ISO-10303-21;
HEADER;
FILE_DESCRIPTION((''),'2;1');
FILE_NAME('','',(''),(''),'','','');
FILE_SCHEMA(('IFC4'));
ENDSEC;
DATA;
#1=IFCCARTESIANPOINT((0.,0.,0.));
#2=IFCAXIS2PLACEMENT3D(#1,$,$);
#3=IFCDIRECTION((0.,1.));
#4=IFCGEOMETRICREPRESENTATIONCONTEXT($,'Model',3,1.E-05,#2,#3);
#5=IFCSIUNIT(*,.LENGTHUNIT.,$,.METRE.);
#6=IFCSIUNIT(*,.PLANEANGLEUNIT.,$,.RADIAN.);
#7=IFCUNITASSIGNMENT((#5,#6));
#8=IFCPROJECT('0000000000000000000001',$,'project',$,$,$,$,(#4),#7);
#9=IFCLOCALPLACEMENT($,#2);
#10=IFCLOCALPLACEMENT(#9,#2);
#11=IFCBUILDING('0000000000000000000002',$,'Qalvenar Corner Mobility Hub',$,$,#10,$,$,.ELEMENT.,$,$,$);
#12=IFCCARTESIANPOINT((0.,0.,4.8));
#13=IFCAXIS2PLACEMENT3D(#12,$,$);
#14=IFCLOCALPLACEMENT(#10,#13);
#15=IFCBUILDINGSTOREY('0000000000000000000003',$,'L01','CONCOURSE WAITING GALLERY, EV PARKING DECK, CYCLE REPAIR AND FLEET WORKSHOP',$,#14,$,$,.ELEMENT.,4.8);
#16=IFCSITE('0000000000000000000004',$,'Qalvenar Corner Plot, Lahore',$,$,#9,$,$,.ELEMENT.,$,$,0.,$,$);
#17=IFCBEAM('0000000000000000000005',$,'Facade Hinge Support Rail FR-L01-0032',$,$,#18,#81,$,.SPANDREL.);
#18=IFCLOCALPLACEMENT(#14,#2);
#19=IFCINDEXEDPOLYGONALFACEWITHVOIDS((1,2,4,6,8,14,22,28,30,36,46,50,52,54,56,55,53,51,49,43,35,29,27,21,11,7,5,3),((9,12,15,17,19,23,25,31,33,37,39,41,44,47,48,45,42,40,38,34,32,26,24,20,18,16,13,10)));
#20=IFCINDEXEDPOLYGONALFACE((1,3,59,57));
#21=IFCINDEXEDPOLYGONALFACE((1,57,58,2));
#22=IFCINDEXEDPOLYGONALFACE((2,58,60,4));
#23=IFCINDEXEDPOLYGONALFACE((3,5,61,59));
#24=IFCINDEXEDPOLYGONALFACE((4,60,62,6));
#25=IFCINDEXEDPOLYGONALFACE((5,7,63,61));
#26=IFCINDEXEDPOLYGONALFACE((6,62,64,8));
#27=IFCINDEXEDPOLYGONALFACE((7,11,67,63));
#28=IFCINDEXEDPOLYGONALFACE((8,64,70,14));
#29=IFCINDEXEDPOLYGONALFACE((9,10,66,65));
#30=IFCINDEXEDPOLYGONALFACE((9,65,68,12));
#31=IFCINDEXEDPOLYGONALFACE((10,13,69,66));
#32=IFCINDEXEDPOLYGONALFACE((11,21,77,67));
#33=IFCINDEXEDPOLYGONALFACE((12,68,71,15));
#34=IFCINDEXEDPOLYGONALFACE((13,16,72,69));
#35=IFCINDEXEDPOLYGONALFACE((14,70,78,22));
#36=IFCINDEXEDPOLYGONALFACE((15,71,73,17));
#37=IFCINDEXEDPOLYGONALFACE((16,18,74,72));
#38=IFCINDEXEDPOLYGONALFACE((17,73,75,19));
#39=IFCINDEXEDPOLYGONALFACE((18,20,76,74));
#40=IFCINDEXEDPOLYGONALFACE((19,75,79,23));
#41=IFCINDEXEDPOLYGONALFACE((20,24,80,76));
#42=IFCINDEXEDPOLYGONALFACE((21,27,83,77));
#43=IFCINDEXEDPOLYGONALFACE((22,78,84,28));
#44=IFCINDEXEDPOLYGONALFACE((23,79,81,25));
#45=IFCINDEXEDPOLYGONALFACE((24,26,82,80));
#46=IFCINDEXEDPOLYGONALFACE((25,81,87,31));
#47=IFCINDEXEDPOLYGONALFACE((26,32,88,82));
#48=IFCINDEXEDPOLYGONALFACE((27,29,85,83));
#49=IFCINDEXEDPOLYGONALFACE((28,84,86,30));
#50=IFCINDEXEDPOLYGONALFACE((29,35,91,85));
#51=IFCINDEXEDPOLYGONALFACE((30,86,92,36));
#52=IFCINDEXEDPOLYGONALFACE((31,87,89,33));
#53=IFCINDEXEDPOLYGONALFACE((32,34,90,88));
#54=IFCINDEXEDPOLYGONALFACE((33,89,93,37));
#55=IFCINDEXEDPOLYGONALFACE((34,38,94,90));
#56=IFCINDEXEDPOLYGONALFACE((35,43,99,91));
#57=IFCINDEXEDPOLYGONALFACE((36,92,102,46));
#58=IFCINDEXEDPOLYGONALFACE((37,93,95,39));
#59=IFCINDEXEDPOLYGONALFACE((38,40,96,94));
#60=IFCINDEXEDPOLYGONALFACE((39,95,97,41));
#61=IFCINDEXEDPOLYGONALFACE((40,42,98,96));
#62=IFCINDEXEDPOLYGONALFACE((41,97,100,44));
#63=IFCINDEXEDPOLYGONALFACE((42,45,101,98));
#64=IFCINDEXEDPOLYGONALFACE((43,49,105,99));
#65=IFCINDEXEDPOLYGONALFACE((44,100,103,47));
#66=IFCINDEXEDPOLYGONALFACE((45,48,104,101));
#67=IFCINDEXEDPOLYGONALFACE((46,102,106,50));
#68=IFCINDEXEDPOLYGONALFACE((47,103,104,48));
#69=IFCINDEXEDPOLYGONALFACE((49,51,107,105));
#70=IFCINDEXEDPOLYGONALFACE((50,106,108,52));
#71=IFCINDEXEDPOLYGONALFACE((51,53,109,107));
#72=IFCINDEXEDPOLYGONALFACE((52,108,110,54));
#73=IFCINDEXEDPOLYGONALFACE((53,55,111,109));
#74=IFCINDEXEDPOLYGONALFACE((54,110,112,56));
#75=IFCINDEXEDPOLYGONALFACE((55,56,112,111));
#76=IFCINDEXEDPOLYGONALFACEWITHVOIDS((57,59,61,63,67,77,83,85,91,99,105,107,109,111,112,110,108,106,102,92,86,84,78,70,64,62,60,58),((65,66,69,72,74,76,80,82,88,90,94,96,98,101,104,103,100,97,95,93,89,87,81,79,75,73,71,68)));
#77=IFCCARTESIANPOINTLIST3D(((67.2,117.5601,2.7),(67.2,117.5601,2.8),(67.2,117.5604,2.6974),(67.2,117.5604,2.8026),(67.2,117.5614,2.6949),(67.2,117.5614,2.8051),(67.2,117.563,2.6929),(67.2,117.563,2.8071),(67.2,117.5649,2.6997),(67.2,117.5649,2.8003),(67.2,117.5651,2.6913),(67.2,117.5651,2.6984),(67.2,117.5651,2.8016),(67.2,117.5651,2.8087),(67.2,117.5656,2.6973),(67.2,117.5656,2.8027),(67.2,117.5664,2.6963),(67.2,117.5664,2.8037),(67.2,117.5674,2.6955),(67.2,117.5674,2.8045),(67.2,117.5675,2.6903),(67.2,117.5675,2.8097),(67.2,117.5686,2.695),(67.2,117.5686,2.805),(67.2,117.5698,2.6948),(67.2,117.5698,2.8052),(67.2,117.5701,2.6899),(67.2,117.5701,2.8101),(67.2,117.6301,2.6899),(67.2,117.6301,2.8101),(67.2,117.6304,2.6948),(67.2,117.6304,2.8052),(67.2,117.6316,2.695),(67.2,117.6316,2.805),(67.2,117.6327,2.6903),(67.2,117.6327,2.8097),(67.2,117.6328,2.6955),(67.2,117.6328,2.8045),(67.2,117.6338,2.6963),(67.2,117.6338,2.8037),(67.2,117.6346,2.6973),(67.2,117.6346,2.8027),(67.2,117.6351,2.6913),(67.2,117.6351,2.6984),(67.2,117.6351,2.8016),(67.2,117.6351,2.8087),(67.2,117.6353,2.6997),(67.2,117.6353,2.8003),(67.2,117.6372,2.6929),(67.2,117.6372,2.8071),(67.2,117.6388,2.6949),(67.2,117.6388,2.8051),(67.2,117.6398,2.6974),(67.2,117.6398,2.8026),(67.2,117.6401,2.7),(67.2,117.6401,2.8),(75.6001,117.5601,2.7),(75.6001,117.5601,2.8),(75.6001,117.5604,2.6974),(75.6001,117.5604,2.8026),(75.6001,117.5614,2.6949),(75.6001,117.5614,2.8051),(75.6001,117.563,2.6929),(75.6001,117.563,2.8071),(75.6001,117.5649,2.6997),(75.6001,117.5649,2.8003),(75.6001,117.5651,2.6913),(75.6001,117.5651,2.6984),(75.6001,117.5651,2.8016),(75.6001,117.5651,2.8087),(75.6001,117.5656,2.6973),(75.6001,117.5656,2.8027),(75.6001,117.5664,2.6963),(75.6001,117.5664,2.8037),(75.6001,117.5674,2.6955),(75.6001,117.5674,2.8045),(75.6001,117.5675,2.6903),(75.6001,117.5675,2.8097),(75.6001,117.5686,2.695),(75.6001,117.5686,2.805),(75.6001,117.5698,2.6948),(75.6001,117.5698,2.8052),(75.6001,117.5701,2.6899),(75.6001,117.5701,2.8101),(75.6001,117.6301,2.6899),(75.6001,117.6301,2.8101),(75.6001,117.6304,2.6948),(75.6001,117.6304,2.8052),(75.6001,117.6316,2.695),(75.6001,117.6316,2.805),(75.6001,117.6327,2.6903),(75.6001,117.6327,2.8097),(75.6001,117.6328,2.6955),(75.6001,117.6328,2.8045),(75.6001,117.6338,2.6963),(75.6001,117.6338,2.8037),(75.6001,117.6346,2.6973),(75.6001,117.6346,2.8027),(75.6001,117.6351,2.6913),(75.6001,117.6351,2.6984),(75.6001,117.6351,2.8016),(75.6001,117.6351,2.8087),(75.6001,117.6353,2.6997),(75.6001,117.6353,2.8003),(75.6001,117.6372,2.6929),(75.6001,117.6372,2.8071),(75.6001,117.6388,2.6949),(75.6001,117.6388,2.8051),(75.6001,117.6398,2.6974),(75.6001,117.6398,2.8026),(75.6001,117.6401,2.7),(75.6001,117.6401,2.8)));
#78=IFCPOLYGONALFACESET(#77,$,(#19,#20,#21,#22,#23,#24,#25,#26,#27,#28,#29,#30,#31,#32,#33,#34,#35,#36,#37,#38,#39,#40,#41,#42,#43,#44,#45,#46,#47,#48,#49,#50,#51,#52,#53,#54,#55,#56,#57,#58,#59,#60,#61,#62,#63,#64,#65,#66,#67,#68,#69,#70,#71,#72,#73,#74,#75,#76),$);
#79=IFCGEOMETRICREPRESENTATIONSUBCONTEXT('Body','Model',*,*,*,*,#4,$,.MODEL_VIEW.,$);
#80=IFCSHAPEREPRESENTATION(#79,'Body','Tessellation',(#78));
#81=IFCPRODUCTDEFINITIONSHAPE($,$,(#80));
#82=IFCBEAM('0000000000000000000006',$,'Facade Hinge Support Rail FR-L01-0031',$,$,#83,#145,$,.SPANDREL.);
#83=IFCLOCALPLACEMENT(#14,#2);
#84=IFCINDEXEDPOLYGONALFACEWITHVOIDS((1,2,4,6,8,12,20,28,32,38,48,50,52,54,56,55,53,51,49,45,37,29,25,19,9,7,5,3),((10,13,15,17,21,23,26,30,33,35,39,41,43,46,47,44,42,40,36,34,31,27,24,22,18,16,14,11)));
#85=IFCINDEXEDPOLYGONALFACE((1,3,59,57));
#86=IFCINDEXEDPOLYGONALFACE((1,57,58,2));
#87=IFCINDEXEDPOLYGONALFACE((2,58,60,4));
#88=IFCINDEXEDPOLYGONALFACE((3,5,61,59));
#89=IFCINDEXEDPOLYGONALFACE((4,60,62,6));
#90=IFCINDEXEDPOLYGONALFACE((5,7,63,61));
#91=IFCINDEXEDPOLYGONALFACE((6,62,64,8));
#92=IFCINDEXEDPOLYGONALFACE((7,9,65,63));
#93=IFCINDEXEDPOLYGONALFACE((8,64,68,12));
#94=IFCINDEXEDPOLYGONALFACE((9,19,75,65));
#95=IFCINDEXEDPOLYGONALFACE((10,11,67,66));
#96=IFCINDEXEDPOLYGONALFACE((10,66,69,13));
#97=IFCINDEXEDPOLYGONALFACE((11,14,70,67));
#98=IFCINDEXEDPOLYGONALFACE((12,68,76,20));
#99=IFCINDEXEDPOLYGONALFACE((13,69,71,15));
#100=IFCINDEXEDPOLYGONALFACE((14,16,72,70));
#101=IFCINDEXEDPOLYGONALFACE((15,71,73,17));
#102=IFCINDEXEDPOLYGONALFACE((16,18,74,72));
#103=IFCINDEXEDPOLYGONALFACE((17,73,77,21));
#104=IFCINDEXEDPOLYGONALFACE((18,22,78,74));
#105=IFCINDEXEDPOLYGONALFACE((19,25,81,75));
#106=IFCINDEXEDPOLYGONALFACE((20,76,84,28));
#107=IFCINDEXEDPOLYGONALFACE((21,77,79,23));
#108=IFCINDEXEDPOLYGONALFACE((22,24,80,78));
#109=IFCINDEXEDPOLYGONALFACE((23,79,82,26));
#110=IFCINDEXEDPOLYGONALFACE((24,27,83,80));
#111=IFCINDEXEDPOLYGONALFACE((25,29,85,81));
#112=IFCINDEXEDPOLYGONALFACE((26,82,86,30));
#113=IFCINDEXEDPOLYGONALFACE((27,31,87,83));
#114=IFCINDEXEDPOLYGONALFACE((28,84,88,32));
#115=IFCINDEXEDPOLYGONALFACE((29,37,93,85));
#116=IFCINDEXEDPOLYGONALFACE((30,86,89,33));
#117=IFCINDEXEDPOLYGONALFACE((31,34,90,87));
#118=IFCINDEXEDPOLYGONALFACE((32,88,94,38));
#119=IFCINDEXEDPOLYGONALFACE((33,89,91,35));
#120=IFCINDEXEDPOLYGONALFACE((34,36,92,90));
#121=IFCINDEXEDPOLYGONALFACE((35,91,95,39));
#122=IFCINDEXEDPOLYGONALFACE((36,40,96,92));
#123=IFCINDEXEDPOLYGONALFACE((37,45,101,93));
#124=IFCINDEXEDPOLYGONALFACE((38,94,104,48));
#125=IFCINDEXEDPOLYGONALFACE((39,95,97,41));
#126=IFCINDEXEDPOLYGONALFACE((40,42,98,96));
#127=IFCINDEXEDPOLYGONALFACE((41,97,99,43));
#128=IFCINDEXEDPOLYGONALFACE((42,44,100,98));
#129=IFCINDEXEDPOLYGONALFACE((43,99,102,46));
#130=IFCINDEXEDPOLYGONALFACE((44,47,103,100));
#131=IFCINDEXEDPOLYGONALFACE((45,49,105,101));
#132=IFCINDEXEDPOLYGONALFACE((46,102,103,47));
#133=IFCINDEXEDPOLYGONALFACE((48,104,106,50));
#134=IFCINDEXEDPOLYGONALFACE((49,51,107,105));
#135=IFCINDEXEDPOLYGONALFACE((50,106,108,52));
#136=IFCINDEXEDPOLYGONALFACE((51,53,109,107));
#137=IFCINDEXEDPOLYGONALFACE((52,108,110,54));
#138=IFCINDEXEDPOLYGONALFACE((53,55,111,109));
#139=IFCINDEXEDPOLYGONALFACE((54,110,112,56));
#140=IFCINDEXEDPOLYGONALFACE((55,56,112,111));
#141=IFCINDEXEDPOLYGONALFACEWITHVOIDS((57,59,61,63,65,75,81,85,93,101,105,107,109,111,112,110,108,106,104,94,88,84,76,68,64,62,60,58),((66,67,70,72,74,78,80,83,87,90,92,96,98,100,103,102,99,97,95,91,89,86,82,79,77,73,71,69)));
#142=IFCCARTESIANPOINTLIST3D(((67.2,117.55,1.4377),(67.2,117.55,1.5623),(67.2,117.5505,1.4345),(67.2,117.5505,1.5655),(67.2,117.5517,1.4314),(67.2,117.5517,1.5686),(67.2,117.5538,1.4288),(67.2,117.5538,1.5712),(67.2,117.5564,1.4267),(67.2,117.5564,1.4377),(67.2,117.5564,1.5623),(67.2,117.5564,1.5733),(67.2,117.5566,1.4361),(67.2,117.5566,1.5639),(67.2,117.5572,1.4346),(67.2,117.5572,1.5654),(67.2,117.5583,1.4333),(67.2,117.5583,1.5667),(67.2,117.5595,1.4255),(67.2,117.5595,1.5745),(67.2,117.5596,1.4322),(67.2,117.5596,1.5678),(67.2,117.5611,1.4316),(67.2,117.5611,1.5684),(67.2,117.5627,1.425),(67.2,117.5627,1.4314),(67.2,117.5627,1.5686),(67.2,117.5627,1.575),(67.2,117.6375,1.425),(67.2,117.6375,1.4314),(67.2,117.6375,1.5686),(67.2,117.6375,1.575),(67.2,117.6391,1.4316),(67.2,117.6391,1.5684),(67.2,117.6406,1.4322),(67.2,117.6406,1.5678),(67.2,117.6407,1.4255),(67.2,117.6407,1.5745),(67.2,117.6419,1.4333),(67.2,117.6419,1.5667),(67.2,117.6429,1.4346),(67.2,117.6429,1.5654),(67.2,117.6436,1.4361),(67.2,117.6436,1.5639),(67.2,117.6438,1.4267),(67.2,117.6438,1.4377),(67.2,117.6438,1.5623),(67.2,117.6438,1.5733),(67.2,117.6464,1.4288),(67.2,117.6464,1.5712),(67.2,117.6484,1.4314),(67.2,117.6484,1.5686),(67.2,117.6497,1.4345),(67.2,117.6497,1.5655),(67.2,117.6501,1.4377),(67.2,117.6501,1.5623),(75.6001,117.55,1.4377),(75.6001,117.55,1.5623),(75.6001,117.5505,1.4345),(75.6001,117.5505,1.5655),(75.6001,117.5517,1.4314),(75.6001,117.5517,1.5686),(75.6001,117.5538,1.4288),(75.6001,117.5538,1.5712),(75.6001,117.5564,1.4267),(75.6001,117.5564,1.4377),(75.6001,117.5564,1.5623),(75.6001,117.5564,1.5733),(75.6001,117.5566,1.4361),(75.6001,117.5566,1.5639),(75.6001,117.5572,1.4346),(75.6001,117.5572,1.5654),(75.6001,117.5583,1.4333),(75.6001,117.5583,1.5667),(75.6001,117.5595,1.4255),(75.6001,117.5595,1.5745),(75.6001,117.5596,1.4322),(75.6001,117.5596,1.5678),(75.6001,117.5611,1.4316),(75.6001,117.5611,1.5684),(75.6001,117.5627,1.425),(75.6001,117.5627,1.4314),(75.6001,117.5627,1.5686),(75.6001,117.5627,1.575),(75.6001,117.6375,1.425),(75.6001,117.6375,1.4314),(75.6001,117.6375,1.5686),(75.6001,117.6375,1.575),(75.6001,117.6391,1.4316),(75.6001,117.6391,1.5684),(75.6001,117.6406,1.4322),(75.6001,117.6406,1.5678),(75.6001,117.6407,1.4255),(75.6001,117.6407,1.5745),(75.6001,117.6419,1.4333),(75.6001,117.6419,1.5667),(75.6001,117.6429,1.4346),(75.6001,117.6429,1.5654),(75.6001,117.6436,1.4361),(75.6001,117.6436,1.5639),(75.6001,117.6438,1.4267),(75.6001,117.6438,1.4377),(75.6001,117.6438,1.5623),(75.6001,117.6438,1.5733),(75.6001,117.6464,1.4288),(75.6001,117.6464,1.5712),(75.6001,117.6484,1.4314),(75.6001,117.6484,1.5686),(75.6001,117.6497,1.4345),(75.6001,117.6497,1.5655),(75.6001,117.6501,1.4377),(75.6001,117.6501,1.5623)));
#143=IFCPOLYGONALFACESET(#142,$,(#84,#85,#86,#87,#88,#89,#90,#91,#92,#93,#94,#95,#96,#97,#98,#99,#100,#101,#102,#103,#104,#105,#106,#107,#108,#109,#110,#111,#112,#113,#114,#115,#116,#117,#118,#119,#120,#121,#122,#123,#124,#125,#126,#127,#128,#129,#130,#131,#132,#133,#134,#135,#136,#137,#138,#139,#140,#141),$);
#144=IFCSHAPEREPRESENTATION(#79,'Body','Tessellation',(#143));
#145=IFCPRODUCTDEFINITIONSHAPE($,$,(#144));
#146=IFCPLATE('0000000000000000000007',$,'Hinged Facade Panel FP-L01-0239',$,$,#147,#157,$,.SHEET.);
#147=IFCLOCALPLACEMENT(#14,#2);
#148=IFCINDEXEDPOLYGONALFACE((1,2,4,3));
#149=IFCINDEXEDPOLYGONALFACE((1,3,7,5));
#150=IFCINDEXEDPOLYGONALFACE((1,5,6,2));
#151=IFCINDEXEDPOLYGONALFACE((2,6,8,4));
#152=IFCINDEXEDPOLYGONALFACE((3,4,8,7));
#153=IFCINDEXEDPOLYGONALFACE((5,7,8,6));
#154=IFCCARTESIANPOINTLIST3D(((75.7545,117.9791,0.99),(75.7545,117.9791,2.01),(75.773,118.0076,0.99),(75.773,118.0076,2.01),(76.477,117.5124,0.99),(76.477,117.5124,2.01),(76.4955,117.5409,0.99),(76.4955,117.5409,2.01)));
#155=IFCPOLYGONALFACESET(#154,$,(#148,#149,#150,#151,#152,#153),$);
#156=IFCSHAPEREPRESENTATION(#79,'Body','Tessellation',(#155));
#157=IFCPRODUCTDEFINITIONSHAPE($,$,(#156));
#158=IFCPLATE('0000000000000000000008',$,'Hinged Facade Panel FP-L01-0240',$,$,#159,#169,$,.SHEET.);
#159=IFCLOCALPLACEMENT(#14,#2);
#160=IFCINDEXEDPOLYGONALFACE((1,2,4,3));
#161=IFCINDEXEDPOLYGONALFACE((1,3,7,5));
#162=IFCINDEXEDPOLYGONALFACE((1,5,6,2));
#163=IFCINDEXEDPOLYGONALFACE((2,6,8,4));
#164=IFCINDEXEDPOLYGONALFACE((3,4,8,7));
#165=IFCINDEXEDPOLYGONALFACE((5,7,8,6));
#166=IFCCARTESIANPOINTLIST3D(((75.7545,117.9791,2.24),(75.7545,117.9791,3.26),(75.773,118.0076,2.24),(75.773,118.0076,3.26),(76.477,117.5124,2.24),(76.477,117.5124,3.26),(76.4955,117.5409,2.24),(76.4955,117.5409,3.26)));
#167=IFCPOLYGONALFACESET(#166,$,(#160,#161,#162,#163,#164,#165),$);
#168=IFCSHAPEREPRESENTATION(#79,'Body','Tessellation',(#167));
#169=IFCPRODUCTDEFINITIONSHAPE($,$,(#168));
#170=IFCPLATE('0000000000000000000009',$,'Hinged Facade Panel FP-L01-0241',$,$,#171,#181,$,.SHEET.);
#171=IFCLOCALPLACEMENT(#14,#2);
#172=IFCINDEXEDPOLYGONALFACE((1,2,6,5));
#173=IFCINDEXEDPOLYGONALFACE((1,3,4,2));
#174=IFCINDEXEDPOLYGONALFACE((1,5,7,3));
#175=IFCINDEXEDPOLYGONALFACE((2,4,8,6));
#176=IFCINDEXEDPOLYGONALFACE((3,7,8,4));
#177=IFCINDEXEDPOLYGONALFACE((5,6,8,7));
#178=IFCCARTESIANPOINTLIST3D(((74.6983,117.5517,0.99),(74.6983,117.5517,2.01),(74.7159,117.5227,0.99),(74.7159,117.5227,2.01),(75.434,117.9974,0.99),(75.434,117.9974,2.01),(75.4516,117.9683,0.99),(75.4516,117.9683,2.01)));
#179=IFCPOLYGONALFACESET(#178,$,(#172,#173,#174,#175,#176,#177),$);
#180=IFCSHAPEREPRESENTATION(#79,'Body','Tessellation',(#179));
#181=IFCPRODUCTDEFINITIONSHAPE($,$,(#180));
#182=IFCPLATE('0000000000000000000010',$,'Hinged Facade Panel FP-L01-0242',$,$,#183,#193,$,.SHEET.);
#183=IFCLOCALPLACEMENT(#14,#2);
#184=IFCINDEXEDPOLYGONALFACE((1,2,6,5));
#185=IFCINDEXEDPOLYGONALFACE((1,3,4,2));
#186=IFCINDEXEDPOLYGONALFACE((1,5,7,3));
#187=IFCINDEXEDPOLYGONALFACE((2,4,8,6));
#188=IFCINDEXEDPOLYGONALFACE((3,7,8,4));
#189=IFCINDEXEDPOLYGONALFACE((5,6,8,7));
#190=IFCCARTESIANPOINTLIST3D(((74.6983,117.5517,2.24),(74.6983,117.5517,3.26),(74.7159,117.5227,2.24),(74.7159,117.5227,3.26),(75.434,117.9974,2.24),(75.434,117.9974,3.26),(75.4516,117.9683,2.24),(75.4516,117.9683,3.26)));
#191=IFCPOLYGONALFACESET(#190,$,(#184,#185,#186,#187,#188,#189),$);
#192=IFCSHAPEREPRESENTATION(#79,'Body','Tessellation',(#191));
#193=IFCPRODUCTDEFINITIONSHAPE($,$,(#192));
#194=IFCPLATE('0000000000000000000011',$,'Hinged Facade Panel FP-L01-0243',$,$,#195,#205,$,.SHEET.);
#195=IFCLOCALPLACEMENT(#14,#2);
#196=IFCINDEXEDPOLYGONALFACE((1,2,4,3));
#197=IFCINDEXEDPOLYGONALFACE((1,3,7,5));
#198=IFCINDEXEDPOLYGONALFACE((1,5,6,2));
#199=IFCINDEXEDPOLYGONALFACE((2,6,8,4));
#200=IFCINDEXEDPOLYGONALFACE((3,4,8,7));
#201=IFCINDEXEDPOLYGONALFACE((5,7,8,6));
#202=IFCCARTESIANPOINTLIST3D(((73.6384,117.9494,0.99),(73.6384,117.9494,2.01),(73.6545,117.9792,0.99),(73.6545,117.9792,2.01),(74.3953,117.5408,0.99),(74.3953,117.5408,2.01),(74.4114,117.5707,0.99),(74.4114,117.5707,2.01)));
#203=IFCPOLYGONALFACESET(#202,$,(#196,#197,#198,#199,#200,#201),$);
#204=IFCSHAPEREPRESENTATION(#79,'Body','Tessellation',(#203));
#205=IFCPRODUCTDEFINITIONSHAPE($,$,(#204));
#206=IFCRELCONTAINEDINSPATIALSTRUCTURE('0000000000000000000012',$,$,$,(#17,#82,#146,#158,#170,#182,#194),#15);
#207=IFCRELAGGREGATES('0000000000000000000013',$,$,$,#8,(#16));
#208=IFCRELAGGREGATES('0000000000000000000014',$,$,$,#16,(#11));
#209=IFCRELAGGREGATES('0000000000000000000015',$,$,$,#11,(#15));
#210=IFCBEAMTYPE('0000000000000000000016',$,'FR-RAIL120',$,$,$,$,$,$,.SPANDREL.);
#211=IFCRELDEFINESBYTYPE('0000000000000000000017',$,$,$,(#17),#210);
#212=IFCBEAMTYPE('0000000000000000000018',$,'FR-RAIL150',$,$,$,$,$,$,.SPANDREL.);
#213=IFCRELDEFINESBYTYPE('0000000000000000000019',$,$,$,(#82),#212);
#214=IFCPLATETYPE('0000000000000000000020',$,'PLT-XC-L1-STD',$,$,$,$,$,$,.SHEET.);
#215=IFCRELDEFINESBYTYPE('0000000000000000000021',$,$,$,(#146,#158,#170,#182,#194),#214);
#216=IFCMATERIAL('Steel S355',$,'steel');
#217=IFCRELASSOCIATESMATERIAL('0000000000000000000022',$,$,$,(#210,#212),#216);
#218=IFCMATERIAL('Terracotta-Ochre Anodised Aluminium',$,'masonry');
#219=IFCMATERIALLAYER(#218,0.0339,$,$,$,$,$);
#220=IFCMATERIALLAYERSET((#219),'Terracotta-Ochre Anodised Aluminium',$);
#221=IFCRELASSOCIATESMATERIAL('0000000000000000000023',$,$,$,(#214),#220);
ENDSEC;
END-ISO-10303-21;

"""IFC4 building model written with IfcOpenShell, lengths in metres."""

from ifc_helpers import new_model, si_unit, direction, frame, origin, origin_2d, place, context, subcontext, project, spatial, rectangle, hollow_rectangle, extrude, material, layer, layer_set, material_profile, profile_set, type_object, element, save


model = new_model("IFC4")

# Units and contexts
model_context = context("Model", 3, precision=1e-05, world=origin(), true_north=direction((0.0, 1.0)))
body_context = subcontext(model_context, "Body", "Model", "MODEL_VIEW")
ifc_project = project(units=[si_unit("LENGTHUNIT", "METRE"), si_unit("PLANEANGLEUNIT", "RADIAN")], contexts=[model_context])

# Site, building, storey
site_placement = place(None, origin())
site = spatial("IfcSite", under=ifc_project, at=site_placement, Name="Qalvenar Corner Plot, Lahore", CompositionType="ELEMENT", RefElevation=0.0)
building_placement = place(site_placement, origin())
building = spatial("IfcBuilding", under=site, at=building_placement, Name="Qalvenar Corner Mobility Hub", CompositionType="ELEMENT")
storey_placement = place(building_placement, frame((0.0, 0.0, 4.8)))
storey = spatial("IfcBuildingStorey", under=building, at=storey_placement, Name="L01", Description="CONCOURSE WAITING GALLERY, EV PARKING DECK, CYCLE REPAIR AND FLEET WORKSHOP", CompositionType="ELEMENT", Elevation=4.8)

# Shared definitions
ifc_material_1 = material(Name="Steel S355", Category="steel")

# Beams
ifc_material_profile_1 = material_profile(ifc_material_1, hollow_rectangle(XDim=0.0801, YDim=0.1201, WallThickness=0.0049, InnerFilletRadius=0.0049, OuterFilletRadius=0.01, at=origin_2d()), Name="RHS120x80x5")
ifc_profile_set_1 = profile_set([ifc_material_profile_1], Name="Steel S355")
beam_type_1 = type_object("IfcBeamType", Name="FR-RAIL120", PredefinedType="SPANDREL", material=ifc_profile_set_1)
beam_1_placement = place(storey_placement, frame((75.6001, 117.6001, 2.75), z_axis=(-1.0, 0.0, 0.0), x_axis=(0.0, -1.0, 0.0)))
element("IfcBeam", 1, at=beam_1_placement, inside=storey, type_object=beam_type_1, Name="Facade Hinge Support Rail FR-L01-0032", PredefinedType="SPANDREL", context=body_context, shape_type="SweptSolid", body=[
    extrude(hollow_rectangle(XDim=0.0801, YDim=0.1201, WallThickness=0.0049, InnerFilletRadius=0.0049, OuterFilletRadius=0.01, at=origin_2d()), origin(), (0.0, 0.0, 1.0), 8.4001),
])
ifc_material_profile_2 = material_profile(ifc_material_1, hollow_rectangle(XDim=0.1001, YDim=0.1499, WallThickness=0.0063, InnerFilletRadius=0.0063, OuterFilletRadius=0.0127, at=origin_2d()), Name="RHS150x100x6.3")
ifc_profile_set_2 = profile_set([ifc_material_profile_2], Name="Steel S355")
beam_type_2 = type_object("IfcBeamType", Name="FR-RAIL150", PredefinedType="SPANDREL", material=ifc_profile_set_2)
beam_2_placement = place(storey_placement, frame((75.6001, 117.6001, 1.5), z_axis=(-1.0, 0.0, 0.0), x_axis=(0.0, -1.0, 0.0)))
element("IfcBeam", 2, at=beam_2_placement, inside=storey, type_object=beam_type_2, Name="Facade Hinge Support Rail FR-L01-0031", PredefinedType="SPANDREL", context=body_context, shape_type="SweptSolid", body=[
    extrude(hollow_rectangle(XDim=0.1001, YDim=0.1499, WallThickness=0.0063, InnerFilletRadius=0.0063, OuterFilletRadius=0.0127, at=origin_2d()), origin(), (0.0, 0.0, 1.0), 8.4001),
])

# Plates
ifc_material_2 = material(Name="Terracotta-Ochre Anodised Aluminium", Category="masonry")
ifc_layer = layer(ifc_material_2, 0.0339)
ifc_layer_set = layer_set([ifc_layer], Name="Terracotta-Ochre Anodised Aluminium")
plate_type = type_object("IfcPlateType", Name="PLT-XC-L1-STD", PredefinedType="SHEET", material=ifc_layer_set)
for number, where, z_axis, x_axis, name in (
    (3, (76.125, 117.76, 0.99), (0.0, 0.0, 1.0), (-0.839999, 0.542588, 0.0), "Hinged Facade Panel FP-L01-0239"),
    (4, (76.125, 117.76, 2.24), (0.0, 0.0, 1.0), (-0.839999, 0.542588, 0.0), "Hinged Facade Panel FP-L01-0240"),
    (5, (75.075, 117.76, 0.99), (0.0, 0.0, 1.0), (-0.855274, -0.518176, 0.0), "Hinged Facade Panel FP-L01-0241"),
    (6, (75.075, 117.76, 2.24), (0.0, 0.0, 1.0), (-0.855274, -0.518176, 0.0), "Hinged Facade Panel FP-L01-0242"),
    (7, (74.0249, 117.76, 0.99), (0.0, 0.0, 1.0), (-0.87998, 0.47501, 0.0), "Hinged Facade Panel FP-L01-0243"),
):
    element("IfcPlate", number, at=place(storey_placement, frame(where, z_axis=z_axis, x_axis=x_axis)), inside=storey, type_object=plate_type, Name=name, PredefinedType="SHEET", context=body_context, shape_type="SweptSolid", body=[
        extrude(rectangle(XDim=0.8601, YDim=0.0339, at=origin_2d()), origin(), (0.0, 0.0, 1.0), 1.02),
    ])

save(model, "model.ifc")
